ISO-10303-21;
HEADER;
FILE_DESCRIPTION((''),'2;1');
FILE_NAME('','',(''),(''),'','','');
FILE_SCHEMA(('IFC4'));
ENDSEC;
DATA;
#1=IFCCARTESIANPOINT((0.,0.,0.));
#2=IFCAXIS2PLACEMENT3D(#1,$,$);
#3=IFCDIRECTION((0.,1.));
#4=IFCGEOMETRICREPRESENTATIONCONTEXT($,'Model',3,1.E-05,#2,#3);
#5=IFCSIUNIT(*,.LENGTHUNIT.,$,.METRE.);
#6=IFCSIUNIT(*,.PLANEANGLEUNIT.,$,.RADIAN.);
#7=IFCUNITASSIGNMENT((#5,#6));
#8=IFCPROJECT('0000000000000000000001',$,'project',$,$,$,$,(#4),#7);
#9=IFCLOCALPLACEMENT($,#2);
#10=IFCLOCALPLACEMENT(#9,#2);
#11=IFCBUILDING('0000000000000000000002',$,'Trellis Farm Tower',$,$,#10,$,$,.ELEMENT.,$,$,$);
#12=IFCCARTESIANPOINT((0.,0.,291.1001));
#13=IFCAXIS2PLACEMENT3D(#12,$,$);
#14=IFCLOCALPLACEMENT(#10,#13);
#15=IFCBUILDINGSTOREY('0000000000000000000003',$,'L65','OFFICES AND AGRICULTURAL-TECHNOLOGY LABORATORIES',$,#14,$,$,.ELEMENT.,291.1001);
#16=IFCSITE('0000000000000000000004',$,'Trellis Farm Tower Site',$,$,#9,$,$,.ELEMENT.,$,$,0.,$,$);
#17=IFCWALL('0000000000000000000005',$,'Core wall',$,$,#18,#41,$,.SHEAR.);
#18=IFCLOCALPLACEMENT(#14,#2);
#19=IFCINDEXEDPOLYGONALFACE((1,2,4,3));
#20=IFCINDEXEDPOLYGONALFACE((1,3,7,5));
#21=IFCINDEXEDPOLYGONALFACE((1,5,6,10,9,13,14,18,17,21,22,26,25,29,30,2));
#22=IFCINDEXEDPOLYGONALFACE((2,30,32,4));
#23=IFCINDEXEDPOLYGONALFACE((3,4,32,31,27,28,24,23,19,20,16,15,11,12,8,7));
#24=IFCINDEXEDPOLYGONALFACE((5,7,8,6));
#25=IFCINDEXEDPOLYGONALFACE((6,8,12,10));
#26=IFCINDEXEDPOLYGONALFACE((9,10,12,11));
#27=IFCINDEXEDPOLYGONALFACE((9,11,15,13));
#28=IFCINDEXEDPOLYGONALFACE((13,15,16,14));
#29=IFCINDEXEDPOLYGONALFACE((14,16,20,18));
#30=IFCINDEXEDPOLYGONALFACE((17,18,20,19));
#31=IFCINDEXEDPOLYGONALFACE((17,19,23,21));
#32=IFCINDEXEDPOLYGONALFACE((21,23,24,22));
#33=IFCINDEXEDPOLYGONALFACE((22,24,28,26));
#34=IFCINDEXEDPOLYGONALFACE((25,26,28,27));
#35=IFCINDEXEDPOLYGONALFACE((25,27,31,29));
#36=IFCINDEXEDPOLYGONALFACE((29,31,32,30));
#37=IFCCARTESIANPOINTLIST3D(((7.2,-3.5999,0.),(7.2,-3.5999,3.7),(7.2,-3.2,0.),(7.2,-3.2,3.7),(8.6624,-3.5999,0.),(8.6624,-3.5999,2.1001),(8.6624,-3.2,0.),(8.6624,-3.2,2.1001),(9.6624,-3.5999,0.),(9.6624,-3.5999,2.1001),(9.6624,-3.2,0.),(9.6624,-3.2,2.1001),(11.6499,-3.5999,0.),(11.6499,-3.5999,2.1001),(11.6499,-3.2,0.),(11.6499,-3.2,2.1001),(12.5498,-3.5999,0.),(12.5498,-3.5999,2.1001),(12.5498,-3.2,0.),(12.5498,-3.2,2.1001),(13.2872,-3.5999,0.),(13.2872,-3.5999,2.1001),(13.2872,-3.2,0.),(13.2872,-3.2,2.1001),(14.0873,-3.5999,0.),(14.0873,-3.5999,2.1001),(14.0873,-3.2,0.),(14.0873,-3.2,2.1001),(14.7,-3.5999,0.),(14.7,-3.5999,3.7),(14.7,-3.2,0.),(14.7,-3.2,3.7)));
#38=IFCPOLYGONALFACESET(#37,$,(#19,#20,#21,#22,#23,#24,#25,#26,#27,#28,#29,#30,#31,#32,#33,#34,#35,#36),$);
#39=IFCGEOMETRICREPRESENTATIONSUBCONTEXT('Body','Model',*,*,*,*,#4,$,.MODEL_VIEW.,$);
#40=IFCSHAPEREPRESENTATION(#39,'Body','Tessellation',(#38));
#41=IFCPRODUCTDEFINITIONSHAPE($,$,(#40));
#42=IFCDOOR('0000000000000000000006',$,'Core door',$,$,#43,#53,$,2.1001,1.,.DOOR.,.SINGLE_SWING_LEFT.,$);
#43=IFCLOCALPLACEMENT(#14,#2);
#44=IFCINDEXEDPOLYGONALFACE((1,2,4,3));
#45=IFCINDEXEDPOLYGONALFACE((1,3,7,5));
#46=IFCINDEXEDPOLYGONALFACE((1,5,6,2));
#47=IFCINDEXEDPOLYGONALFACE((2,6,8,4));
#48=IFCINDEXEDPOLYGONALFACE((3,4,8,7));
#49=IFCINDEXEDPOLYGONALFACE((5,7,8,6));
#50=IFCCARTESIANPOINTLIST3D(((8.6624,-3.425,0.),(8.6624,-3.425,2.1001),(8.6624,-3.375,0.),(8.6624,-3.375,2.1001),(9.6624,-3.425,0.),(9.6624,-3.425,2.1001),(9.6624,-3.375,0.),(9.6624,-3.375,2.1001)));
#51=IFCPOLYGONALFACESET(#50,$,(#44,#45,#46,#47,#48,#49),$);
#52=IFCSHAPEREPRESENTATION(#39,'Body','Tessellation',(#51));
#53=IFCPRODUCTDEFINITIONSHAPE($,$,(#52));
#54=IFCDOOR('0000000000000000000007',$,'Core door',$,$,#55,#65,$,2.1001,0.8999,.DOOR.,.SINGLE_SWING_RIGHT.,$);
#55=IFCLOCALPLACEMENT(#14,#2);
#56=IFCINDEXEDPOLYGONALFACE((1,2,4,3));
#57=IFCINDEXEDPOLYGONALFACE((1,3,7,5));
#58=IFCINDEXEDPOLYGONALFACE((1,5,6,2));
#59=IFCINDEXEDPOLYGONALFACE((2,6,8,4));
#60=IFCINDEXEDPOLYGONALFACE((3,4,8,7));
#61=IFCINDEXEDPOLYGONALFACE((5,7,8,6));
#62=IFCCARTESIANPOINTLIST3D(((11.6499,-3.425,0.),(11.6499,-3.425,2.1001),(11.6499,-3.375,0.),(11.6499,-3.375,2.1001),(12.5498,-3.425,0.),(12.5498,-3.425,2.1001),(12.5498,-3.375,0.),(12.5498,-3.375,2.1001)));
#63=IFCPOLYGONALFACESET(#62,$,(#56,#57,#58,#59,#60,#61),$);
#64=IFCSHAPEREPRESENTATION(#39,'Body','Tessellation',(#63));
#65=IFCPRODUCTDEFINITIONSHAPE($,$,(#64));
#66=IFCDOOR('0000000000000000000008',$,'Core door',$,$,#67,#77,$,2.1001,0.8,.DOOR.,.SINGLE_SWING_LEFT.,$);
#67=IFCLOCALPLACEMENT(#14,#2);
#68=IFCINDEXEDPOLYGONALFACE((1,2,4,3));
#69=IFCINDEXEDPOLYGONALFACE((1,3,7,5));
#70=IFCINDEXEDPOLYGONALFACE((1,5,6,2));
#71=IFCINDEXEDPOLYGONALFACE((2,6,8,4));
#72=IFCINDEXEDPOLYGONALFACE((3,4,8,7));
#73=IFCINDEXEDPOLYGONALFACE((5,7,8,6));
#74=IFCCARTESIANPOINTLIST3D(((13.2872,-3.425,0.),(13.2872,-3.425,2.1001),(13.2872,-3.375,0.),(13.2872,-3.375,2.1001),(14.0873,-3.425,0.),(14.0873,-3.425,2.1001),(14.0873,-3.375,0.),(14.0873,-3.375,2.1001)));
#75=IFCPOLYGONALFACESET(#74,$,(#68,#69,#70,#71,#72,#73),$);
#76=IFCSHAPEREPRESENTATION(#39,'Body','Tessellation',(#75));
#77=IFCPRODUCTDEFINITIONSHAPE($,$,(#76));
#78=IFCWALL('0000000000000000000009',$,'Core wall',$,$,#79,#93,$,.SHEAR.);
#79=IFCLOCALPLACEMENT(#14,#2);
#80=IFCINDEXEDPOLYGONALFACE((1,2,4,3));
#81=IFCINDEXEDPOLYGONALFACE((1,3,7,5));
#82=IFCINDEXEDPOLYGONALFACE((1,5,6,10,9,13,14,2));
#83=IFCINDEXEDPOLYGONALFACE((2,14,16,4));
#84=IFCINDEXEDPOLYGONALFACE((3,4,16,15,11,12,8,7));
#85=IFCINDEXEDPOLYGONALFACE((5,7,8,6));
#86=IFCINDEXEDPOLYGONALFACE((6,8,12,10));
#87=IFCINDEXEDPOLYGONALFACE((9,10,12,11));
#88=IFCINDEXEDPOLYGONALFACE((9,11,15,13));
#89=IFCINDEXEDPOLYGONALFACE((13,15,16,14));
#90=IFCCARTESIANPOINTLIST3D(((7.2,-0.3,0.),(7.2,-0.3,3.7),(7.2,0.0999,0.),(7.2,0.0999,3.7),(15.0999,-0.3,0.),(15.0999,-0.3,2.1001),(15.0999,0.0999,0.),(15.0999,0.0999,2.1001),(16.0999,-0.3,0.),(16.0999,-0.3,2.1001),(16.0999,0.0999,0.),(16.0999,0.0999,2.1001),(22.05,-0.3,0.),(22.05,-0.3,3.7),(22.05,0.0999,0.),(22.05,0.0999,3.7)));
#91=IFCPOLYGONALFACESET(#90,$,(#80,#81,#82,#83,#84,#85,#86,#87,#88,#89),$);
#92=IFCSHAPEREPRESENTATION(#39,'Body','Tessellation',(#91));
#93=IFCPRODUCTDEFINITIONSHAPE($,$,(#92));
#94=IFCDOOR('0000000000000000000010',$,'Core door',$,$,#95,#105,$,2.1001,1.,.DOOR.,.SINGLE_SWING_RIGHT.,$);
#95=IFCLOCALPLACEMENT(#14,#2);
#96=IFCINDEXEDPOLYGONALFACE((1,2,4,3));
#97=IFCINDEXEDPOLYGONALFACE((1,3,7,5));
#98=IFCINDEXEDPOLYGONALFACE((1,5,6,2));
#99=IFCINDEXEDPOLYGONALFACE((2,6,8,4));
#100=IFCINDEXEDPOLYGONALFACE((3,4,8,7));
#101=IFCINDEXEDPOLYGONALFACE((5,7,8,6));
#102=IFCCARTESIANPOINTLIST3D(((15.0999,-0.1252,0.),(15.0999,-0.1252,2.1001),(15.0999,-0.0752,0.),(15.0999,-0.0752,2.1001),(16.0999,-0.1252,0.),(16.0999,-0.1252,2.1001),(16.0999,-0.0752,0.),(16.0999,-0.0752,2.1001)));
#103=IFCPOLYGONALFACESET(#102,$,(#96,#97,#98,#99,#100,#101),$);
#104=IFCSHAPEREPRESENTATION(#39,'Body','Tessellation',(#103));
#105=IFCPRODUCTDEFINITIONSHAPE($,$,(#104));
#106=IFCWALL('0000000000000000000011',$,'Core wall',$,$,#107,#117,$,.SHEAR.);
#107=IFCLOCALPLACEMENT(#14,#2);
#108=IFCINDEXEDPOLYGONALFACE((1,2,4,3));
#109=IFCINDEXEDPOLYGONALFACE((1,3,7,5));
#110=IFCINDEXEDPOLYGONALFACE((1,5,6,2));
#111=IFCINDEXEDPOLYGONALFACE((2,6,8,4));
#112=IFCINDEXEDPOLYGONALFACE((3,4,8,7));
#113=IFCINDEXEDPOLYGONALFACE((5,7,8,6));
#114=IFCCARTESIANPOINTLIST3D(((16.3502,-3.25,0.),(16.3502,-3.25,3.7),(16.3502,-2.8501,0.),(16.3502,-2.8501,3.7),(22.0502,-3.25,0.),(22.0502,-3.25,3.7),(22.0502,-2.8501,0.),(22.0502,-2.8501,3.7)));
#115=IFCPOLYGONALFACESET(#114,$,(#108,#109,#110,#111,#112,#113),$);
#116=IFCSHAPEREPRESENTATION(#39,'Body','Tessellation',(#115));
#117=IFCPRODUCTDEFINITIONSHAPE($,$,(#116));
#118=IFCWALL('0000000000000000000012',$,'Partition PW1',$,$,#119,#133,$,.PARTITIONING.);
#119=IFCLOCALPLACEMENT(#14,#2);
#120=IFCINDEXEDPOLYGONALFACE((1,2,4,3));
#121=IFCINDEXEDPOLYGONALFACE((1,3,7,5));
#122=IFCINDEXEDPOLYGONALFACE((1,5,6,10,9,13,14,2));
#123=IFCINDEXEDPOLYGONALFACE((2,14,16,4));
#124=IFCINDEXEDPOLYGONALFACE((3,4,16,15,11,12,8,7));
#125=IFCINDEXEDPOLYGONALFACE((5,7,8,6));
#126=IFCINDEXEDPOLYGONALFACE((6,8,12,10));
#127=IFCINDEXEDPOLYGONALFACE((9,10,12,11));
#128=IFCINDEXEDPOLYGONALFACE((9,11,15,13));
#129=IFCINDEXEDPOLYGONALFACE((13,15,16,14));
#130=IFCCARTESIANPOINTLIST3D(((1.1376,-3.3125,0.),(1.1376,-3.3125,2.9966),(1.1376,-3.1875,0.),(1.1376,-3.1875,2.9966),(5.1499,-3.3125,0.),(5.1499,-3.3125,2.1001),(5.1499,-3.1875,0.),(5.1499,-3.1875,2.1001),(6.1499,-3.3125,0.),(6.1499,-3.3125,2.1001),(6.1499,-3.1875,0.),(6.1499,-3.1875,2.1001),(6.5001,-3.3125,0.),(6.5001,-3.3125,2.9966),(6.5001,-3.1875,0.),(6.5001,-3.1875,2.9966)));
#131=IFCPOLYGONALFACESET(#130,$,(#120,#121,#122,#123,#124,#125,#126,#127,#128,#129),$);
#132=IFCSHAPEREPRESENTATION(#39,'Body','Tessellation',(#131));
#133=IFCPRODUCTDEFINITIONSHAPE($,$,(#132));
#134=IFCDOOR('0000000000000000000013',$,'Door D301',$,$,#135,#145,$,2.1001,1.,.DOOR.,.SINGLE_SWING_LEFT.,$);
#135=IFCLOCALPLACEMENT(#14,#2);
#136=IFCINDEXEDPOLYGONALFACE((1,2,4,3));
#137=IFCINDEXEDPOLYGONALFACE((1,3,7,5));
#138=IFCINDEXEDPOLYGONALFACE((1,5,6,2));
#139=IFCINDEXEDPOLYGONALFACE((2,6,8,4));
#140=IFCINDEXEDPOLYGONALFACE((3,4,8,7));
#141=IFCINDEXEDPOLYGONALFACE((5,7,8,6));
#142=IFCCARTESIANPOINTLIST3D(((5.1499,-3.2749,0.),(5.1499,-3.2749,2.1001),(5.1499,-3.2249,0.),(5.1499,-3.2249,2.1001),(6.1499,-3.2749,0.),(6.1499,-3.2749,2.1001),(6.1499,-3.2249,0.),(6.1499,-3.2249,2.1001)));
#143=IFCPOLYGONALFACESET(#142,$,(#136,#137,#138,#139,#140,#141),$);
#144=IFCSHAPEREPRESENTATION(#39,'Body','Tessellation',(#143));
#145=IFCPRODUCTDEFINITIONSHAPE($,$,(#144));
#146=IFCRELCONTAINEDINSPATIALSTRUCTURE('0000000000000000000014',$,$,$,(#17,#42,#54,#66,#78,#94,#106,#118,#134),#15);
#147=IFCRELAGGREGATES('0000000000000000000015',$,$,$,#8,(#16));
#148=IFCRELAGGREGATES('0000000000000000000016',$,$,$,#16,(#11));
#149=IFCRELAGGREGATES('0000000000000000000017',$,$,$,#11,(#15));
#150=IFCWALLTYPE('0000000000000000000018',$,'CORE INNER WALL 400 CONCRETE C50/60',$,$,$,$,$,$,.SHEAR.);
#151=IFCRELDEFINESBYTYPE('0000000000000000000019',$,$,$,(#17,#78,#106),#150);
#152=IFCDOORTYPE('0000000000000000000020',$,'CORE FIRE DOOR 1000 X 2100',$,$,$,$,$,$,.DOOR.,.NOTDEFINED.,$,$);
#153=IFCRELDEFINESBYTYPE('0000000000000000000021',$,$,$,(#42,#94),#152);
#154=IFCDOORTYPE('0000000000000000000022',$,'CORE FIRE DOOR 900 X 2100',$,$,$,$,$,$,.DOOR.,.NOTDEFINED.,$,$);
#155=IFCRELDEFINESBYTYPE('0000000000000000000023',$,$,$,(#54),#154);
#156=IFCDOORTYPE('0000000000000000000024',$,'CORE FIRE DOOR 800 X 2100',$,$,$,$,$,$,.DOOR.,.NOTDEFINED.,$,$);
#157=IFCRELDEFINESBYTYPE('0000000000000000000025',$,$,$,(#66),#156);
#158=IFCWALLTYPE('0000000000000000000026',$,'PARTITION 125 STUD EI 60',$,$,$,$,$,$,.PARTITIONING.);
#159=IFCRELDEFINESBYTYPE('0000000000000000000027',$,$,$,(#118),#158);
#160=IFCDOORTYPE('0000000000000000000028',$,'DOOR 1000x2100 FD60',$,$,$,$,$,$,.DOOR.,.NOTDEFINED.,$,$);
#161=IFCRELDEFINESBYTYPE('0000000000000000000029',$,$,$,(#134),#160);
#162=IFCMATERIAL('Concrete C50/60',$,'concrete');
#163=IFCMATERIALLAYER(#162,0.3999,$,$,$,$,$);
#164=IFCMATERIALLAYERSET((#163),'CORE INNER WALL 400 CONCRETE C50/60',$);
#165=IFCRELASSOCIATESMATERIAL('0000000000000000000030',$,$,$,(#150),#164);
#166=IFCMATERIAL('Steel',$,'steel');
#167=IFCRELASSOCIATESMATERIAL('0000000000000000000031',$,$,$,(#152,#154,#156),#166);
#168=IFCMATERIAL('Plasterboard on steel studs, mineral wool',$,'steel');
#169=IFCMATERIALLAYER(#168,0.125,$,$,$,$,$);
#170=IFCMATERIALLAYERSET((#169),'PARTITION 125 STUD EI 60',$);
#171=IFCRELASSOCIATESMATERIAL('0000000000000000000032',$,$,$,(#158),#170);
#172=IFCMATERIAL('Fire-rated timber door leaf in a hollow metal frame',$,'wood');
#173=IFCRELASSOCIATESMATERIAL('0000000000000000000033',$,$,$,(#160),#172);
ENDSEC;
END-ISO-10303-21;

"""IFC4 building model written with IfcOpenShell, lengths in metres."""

from ifc_helpers import new_model, si_unit, direction, frame, frame_2d, origin, place, context, subcontext, project, spatial, rectangle, extrude, source, transform, mapped, material, layer, layer_set, type_object, element, fill, save


model = new_model("IFC4")

# Units and contexts
model_context = context("Model", 3, precision=1e-05, world=origin(), true_north=direction((0.0, 1.0)))
body_context = subcontext(model_context, "Body", "Model", "MODEL_VIEW")
ifc_project = project(units=[si_unit("LENGTHUNIT", "METRE"), si_unit("PLANEANGLEUNIT", "RADIAN")], contexts=[model_context])

# Site, building, storey
site_placement = place(None, origin())
site = spatial("IfcSite", under=ifc_project, at=site_placement, Name="Trellis Farm Tower Site", CompositionType="ELEMENT", RefElevation=0.0)
building_placement = place(site_placement, origin())
building = spatial("IfcBuilding", under=site, at=building_placement, Name="Trellis Farm Tower", CompositionType="ELEMENT")
storey_placement = place(building_placement, frame((0.0, 0.0, 291.1001)))
storey = spatial("IfcBuildingStorey", under=building, at=storey_placement, Name="L65", Description="OFFICES AND AGRICULTURAL-TECHNOLOGY LABORATORIES", CompositionType="ELEMENT", Elevation=291.1001)

# Wall, openings, doors
ifc_material_1 = material(Name="Concrete C50/60", Category="concrete")
ifc_layer_1 = layer(ifc_material_1, 0.3999)
ifc_layer_set_1 = layer_set([ifc_layer_1], Name="CORE INNER WALL 400 CONCRETE C50/60")
wall_type_1 = type_object("IfcWallType", Name="CORE INNER WALL 400 CONCRETE C50/60", PredefinedType="SHEAR", material=ifc_layer_set_1)
shared_shape_1 = source(origin(), body_context, "Body", "SweptSolid", [
    extrude(rectangle(XDim=7.5, YDim=0.3999, at=frame_2d((3.75, 0.0))), origin(), (0.0, 0.0, 1.0), 3.7),
])
wall_1_placement = place(storey_placement, frame((7.2, -3.3999, 0.0), z_axis=(0.0, 0.0, 1.0), x_axis=(1.0, 0.0, 0.0)))
wall_1 = element("IfcWall", 1, at=wall_1_placement, inside=storey, type_object=wall_type_1, Name="Core wall", PredefinedType="SHEAR", context=body_context, shape_type="MappedRepresentation", body=[
    mapped(shared_shape_1, transform((0.0, 0.0, 0.0))),
])
shared_shape_2 = source(origin(), body_context, "Body", "SweptSolid", [
    extrude(rectangle(XDim=1.0, YDim=2.1001, at=frame_2d((0.5, 1.05))), frame((0.0, 0.21, 0.0), z_axis=(0.0, -1.0, 0.0), x_axis=(1.0, 0.0, 0.0)), (0.0, 0.0, 1.0), 0.4199),
])
opening_1_placement = place(wall_1_placement, frame((1.4624, 0.0, 0.0)))
opening_1 = element("IfcOpeningElement", 2, at=opening_1_placement, cuts=wall_1, PredefinedType="OPENING", context=body_context, shape_type="MappedRepresentation", body=[
    mapped(shared_shape_2, transform((0.0, 0.0, 0.0))),
])
shared_shape_3 = source(origin(), body_context, "Body", "SweptSolid", [
    extrude(rectangle(XDim=0.8999, YDim=2.1001, at=frame_2d((0.45, 1.05))), frame((0.0, 0.21, 0.0), z_axis=(0.0, -1.0, 0.0), x_axis=(1.0, 0.0, 0.0)), (0.0, 0.0, 1.0), 0.4199),
])
opening_2_placement = place(wall_1_placement, frame((4.45, 0.0, 0.0)))
opening_2 = element("IfcOpeningElement", 3, at=opening_2_placement, cuts=wall_1, PredefinedType="OPENING", context=body_context, shape_type="MappedRepresentation", body=[
    mapped(shared_shape_3, transform((0.0, 0.0, 0.0))),
])
shared_shape_4 = source(origin(), body_context, "Body", "SweptSolid", [
    extrude(rectangle(XDim=0.8, YDim=2.1001, at=frame_2d((0.3999, 1.05))), frame((0.0, 0.21, 0.0), z_axis=(0.0, -1.0, 0.0), x_axis=(1.0, 0.0, 0.0)), (0.0, 0.0, 1.0), 0.4199),
])
opening_3_placement = place(wall_1_placement, frame((6.0874, 0.0, 0.0)))
opening_3 = element("IfcOpeningElement", 4, at=opening_3_placement, cuts=wall_1, PredefinedType="OPENING", context=body_context, shape_type="MappedRepresentation", body=[
    mapped(shared_shape_4, transform((0.0, 0.0, 0.0))),
])
ifc_material_2 = material(Name="Steel", Category="steel")
door_type_1 = type_object("IfcDoorType", Name="CORE FIRE DOOR 1000 X 2100", OperationType="NOTDEFINED", PredefinedType="DOOR", material=ifc_material_2)
shared_shape_5 = source(origin(), body_context, "Body", "SweptSolid", [
    extrude(rectangle(XDim=1.0, YDim=2.1001, at=frame_2d((0.5, 1.05))), frame((0.0, 0.0249, 0.0), z_axis=(0.0, -1.0, 0.0), x_axis=(1.0, 0.0, 0.0)), (0.0, 0.0, 1.0), 0.05),
])
door_1_placement = place(opening_1_placement, origin())
door_1 = element("IfcDoor", 5, at=door_1_placement, inside=storey, type_object=door_type_1, Name="Core door", OperationType="SINGLE_SWING_LEFT", OverallHeight=2.1001, OverallWidth=1.0, PredefinedType="DOOR", context=body_context, shape_type="MappedRepresentation", body=[
    mapped(shared_shape_5, transform((0.0, 0.0, 0.0))),
])
fill(opening_1, door_1)
door_type_2 = type_object("IfcDoorType", Name="CORE FIRE DOOR 900 X 2100", OperationType="NOTDEFINED", PredefinedType="DOOR", material=ifc_material_2)
shared_shape_6 = source(origin(), body_context, "Body", "SweptSolid", [
    extrude(rectangle(XDim=0.8999, YDim=2.1001, at=frame_2d((0.45, 1.05))), frame((0.0, 0.0249, 0.0), z_axis=(0.0, -1.0, 0.0), x_axis=(1.0, 0.0, 0.0)), (0.0, 0.0, 1.0), 0.05),
])
door_2_placement = place(opening_2_placement, origin())
door_2 = element("IfcDoor", 6, at=door_2_placement, inside=storey, type_object=door_type_2, Name="Core door", OperationType="SINGLE_SWING_RIGHT", OverallHeight=2.1001, OverallWidth=0.8999, PredefinedType="DOOR", context=body_context, shape_type="MappedRepresentation", body=[
    mapped(shared_shape_6, transform((0.0, 0.0, 0.0))),
])
fill(opening_2, door_2)
door_type_3 = type_object("IfcDoorType", Name="CORE FIRE DOOR 800 X 2100", OperationType="NOTDEFINED", PredefinedType="DOOR", material=ifc_material_2)
shared_shape_7 = source(origin(), body_context, "Body", "SweptSolid", [
    extrude(rectangle(XDim=0.8, YDim=2.1001, at=frame_2d((0.3999, 1.05))), frame((0.0, 0.0249, 0.0), z_axis=(0.0, -1.0, 0.0), x_axis=(1.0, 0.0, 0.0)), (0.0, 0.0, 1.0), 0.05),
])
door_3_placement = place(opening_3_placement, origin())
door_3 = element("IfcDoor", 7, at=door_3_placement, inside=storey, type_object=door_type_3, Name="Core door", OperationType="SINGLE_SWING_LEFT", OverallHeight=2.1001, OverallWidth=0.8, PredefinedType="DOOR", context=body_context, shape_type="MappedRepresentation", body=[
    mapped(shared_shape_7, transform((0.0, 0.0, 0.0))),
])
fill(opening_3, door_3)

# Wall, opening, door
shared_shape_8 = source(origin(), body_context, "Body", "SweptSolid", [
    extrude(rectangle(XDim=14.8501, YDim=0.3999, at=frame_2d((7.425, 0.0))), origin(), (0.0, 0.0, 1.0), 3.7),
])
wall_2_placement = place(storey_placement, frame((7.2, -0.1001, 0.0), z_axis=(0.0, 0.0, 1.0), x_axis=(1.0, 0.0, 0.0)))
wall_2 = element("IfcWall", 8, at=wall_2_placement, inside=storey, type_object=wall_type_1, Name="Core wall", PredefinedType="SHEAR", context=body_context, shape_type="MappedRepresentation", body=[
    mapped(shared_shape_8, transform((0.0, 0.0, 0.0))),
])
opening_4_placement = place(wall_2_placement, frame((7.8999, 0.0, 0.0)))
opening_4 = element("IfcOpeningElement", 9, at=opening_4_placement, cuts=wall_2, PredefinedType="OPENING", context=body_context, shape_type="MappedRepresentation", body=[
    mapped(shared_shape_2, transform((0.0, 0.0, 0.0))),
])
door_4_placement = place(opening_4_placement, origin())
door_4 = element("IfcDoor", 10, at=door_4_placement, inside=storey, type_object=door_type_1, Name="Core door", OperationType="SINGLE_SWING_RIGHT", OverallHeight=2.1001, OverallWidth=1.0, PredefinedType="DOOR", context=body_context, shape_type="MappedRepresentation", body=[
    mapped(shared_shape_5, transform((0.0, 0.0, 0.0))),
])
fill(opening_4, door_4)

# Wall
shared_shape_9 = source(origin(), body_context, "Body", "SweptSolid", [
    extrude(rectangle(XDim=5.7, YDim=0.3999, at=frame_2d((2.8501, 0.0))), origin(), (0.0, 0.0, 1.0), 3.7),
])
wall_3_placement = place(storey_placement, frame((16.3501, -3.05, 0.0), z_axis=(0.0, 0.0, 1.0), x_axis=(1.0, 0.0, 0.0)))
element("IfcWall", 11, at=wall_3_placement, inside=storey, type_object=wall_type_1, Name="Core wall", PredefinedType="SHEAR", context=body_context, shape_type="MappedRepresentation", body=[
    mapped(shared_shape_9, transform((0.0, 0.0, 0.0))),
])

# Wall, opening, door
ifc_material_3 = material(Name="Plasterboard on steel studs, mineral wool", Category="steel")
ifc_layer_2 = layer(ifc_material_3, 0.125)
ifc_layer_set_2 = layer_set([ifc_layer_2], Name="PARTITION 125 STUD EI 60")
wall_type_2 = type_object("IfcWallType", Name="PARTITION 125 STUD EI 60", PredefinedType="PARTITIONING", material=ifc_layer_set_2)
shared_shape_10 = source(origin(), body_context, "Body", "SweptSolid", [
    extrude(rectangle(XDim=5.3625, YDim=0.125, at=frame_2d((2.6812, 0.0))), origin(), (0.0, 0.0, 1.0), 2.9966),
])
wall_4_placement = place(storey_placement, frame((6.5, -3.25, 0.0), z_axis=(0.0, 0.0, 1.0), x_axis=(-1.0, 0.0, 0.0)))
wall_4 = element("IfcWall", 12, at=wall_4_placement, inside=storey, type_object=wall_type_2, Name="Partition PW1", PredefinedType="PARTITIONING", context=body_context, shape_type="MappedRepresentation", body=[
    mapped(shared_shape_10, transform((0.0, 0.0, 0.0))),
])
shared_shape_11 = source(origin(), body_context, "Body", "SweptSolid", [
    extrude(rectangle(XDim=1.0, YDim=2.1001, at=frame_2d((0.5, 1.05))), frame((0.0, 0.0725, 0.0), z_axis=(0.0, -1.0, 0.0), x_axis=(1.0, 0.0, 0.0)), (0.0, 0.0, 1.0), 0.145),
])
opening_5_placement = place(wall_4_placement, frame((0.3501, 0.0, 0.0)))
opening_5 = element("IfcOpeningElement", 13, at=opening_5_placement, cuts=wall_4, PredefinedType="OPENING", context=body_context, shape_type="MappedRepresentation", body=[
    mapped(shared_shape_11, transform((0.0, 0.0, 0.0))),
])
ifc_material_4 = material(Name="Fire-rated timber door leaf in a hollow metal frame", Category="wood")
door_type_4 = type_object("IfcDoorType", Name="DOOR 1000x2100 FD60", OperationType="NOTDEFINED", PredefinedType="DOOR", material=ifc_material_4)
door_5_placement = place(opening_5_placement, origin())
door_5 = element("IfcDoor", 14, at=door_5_placement, inside=storey, type_object=door_type_4, Name="Door D301", OperationType="SINGLE_SWING_LEFT", OverallHeight=2.1001, OverallWidth=1.0, PredefinedType="DOOR", context=body_context, shape_type="MappedRepresentation", body=[
    mapped(shared_shape_5, transform((0.0, 0.0, 0.0))),
])
fill(opening_5, door_5)

save(model, "model.ifc")
